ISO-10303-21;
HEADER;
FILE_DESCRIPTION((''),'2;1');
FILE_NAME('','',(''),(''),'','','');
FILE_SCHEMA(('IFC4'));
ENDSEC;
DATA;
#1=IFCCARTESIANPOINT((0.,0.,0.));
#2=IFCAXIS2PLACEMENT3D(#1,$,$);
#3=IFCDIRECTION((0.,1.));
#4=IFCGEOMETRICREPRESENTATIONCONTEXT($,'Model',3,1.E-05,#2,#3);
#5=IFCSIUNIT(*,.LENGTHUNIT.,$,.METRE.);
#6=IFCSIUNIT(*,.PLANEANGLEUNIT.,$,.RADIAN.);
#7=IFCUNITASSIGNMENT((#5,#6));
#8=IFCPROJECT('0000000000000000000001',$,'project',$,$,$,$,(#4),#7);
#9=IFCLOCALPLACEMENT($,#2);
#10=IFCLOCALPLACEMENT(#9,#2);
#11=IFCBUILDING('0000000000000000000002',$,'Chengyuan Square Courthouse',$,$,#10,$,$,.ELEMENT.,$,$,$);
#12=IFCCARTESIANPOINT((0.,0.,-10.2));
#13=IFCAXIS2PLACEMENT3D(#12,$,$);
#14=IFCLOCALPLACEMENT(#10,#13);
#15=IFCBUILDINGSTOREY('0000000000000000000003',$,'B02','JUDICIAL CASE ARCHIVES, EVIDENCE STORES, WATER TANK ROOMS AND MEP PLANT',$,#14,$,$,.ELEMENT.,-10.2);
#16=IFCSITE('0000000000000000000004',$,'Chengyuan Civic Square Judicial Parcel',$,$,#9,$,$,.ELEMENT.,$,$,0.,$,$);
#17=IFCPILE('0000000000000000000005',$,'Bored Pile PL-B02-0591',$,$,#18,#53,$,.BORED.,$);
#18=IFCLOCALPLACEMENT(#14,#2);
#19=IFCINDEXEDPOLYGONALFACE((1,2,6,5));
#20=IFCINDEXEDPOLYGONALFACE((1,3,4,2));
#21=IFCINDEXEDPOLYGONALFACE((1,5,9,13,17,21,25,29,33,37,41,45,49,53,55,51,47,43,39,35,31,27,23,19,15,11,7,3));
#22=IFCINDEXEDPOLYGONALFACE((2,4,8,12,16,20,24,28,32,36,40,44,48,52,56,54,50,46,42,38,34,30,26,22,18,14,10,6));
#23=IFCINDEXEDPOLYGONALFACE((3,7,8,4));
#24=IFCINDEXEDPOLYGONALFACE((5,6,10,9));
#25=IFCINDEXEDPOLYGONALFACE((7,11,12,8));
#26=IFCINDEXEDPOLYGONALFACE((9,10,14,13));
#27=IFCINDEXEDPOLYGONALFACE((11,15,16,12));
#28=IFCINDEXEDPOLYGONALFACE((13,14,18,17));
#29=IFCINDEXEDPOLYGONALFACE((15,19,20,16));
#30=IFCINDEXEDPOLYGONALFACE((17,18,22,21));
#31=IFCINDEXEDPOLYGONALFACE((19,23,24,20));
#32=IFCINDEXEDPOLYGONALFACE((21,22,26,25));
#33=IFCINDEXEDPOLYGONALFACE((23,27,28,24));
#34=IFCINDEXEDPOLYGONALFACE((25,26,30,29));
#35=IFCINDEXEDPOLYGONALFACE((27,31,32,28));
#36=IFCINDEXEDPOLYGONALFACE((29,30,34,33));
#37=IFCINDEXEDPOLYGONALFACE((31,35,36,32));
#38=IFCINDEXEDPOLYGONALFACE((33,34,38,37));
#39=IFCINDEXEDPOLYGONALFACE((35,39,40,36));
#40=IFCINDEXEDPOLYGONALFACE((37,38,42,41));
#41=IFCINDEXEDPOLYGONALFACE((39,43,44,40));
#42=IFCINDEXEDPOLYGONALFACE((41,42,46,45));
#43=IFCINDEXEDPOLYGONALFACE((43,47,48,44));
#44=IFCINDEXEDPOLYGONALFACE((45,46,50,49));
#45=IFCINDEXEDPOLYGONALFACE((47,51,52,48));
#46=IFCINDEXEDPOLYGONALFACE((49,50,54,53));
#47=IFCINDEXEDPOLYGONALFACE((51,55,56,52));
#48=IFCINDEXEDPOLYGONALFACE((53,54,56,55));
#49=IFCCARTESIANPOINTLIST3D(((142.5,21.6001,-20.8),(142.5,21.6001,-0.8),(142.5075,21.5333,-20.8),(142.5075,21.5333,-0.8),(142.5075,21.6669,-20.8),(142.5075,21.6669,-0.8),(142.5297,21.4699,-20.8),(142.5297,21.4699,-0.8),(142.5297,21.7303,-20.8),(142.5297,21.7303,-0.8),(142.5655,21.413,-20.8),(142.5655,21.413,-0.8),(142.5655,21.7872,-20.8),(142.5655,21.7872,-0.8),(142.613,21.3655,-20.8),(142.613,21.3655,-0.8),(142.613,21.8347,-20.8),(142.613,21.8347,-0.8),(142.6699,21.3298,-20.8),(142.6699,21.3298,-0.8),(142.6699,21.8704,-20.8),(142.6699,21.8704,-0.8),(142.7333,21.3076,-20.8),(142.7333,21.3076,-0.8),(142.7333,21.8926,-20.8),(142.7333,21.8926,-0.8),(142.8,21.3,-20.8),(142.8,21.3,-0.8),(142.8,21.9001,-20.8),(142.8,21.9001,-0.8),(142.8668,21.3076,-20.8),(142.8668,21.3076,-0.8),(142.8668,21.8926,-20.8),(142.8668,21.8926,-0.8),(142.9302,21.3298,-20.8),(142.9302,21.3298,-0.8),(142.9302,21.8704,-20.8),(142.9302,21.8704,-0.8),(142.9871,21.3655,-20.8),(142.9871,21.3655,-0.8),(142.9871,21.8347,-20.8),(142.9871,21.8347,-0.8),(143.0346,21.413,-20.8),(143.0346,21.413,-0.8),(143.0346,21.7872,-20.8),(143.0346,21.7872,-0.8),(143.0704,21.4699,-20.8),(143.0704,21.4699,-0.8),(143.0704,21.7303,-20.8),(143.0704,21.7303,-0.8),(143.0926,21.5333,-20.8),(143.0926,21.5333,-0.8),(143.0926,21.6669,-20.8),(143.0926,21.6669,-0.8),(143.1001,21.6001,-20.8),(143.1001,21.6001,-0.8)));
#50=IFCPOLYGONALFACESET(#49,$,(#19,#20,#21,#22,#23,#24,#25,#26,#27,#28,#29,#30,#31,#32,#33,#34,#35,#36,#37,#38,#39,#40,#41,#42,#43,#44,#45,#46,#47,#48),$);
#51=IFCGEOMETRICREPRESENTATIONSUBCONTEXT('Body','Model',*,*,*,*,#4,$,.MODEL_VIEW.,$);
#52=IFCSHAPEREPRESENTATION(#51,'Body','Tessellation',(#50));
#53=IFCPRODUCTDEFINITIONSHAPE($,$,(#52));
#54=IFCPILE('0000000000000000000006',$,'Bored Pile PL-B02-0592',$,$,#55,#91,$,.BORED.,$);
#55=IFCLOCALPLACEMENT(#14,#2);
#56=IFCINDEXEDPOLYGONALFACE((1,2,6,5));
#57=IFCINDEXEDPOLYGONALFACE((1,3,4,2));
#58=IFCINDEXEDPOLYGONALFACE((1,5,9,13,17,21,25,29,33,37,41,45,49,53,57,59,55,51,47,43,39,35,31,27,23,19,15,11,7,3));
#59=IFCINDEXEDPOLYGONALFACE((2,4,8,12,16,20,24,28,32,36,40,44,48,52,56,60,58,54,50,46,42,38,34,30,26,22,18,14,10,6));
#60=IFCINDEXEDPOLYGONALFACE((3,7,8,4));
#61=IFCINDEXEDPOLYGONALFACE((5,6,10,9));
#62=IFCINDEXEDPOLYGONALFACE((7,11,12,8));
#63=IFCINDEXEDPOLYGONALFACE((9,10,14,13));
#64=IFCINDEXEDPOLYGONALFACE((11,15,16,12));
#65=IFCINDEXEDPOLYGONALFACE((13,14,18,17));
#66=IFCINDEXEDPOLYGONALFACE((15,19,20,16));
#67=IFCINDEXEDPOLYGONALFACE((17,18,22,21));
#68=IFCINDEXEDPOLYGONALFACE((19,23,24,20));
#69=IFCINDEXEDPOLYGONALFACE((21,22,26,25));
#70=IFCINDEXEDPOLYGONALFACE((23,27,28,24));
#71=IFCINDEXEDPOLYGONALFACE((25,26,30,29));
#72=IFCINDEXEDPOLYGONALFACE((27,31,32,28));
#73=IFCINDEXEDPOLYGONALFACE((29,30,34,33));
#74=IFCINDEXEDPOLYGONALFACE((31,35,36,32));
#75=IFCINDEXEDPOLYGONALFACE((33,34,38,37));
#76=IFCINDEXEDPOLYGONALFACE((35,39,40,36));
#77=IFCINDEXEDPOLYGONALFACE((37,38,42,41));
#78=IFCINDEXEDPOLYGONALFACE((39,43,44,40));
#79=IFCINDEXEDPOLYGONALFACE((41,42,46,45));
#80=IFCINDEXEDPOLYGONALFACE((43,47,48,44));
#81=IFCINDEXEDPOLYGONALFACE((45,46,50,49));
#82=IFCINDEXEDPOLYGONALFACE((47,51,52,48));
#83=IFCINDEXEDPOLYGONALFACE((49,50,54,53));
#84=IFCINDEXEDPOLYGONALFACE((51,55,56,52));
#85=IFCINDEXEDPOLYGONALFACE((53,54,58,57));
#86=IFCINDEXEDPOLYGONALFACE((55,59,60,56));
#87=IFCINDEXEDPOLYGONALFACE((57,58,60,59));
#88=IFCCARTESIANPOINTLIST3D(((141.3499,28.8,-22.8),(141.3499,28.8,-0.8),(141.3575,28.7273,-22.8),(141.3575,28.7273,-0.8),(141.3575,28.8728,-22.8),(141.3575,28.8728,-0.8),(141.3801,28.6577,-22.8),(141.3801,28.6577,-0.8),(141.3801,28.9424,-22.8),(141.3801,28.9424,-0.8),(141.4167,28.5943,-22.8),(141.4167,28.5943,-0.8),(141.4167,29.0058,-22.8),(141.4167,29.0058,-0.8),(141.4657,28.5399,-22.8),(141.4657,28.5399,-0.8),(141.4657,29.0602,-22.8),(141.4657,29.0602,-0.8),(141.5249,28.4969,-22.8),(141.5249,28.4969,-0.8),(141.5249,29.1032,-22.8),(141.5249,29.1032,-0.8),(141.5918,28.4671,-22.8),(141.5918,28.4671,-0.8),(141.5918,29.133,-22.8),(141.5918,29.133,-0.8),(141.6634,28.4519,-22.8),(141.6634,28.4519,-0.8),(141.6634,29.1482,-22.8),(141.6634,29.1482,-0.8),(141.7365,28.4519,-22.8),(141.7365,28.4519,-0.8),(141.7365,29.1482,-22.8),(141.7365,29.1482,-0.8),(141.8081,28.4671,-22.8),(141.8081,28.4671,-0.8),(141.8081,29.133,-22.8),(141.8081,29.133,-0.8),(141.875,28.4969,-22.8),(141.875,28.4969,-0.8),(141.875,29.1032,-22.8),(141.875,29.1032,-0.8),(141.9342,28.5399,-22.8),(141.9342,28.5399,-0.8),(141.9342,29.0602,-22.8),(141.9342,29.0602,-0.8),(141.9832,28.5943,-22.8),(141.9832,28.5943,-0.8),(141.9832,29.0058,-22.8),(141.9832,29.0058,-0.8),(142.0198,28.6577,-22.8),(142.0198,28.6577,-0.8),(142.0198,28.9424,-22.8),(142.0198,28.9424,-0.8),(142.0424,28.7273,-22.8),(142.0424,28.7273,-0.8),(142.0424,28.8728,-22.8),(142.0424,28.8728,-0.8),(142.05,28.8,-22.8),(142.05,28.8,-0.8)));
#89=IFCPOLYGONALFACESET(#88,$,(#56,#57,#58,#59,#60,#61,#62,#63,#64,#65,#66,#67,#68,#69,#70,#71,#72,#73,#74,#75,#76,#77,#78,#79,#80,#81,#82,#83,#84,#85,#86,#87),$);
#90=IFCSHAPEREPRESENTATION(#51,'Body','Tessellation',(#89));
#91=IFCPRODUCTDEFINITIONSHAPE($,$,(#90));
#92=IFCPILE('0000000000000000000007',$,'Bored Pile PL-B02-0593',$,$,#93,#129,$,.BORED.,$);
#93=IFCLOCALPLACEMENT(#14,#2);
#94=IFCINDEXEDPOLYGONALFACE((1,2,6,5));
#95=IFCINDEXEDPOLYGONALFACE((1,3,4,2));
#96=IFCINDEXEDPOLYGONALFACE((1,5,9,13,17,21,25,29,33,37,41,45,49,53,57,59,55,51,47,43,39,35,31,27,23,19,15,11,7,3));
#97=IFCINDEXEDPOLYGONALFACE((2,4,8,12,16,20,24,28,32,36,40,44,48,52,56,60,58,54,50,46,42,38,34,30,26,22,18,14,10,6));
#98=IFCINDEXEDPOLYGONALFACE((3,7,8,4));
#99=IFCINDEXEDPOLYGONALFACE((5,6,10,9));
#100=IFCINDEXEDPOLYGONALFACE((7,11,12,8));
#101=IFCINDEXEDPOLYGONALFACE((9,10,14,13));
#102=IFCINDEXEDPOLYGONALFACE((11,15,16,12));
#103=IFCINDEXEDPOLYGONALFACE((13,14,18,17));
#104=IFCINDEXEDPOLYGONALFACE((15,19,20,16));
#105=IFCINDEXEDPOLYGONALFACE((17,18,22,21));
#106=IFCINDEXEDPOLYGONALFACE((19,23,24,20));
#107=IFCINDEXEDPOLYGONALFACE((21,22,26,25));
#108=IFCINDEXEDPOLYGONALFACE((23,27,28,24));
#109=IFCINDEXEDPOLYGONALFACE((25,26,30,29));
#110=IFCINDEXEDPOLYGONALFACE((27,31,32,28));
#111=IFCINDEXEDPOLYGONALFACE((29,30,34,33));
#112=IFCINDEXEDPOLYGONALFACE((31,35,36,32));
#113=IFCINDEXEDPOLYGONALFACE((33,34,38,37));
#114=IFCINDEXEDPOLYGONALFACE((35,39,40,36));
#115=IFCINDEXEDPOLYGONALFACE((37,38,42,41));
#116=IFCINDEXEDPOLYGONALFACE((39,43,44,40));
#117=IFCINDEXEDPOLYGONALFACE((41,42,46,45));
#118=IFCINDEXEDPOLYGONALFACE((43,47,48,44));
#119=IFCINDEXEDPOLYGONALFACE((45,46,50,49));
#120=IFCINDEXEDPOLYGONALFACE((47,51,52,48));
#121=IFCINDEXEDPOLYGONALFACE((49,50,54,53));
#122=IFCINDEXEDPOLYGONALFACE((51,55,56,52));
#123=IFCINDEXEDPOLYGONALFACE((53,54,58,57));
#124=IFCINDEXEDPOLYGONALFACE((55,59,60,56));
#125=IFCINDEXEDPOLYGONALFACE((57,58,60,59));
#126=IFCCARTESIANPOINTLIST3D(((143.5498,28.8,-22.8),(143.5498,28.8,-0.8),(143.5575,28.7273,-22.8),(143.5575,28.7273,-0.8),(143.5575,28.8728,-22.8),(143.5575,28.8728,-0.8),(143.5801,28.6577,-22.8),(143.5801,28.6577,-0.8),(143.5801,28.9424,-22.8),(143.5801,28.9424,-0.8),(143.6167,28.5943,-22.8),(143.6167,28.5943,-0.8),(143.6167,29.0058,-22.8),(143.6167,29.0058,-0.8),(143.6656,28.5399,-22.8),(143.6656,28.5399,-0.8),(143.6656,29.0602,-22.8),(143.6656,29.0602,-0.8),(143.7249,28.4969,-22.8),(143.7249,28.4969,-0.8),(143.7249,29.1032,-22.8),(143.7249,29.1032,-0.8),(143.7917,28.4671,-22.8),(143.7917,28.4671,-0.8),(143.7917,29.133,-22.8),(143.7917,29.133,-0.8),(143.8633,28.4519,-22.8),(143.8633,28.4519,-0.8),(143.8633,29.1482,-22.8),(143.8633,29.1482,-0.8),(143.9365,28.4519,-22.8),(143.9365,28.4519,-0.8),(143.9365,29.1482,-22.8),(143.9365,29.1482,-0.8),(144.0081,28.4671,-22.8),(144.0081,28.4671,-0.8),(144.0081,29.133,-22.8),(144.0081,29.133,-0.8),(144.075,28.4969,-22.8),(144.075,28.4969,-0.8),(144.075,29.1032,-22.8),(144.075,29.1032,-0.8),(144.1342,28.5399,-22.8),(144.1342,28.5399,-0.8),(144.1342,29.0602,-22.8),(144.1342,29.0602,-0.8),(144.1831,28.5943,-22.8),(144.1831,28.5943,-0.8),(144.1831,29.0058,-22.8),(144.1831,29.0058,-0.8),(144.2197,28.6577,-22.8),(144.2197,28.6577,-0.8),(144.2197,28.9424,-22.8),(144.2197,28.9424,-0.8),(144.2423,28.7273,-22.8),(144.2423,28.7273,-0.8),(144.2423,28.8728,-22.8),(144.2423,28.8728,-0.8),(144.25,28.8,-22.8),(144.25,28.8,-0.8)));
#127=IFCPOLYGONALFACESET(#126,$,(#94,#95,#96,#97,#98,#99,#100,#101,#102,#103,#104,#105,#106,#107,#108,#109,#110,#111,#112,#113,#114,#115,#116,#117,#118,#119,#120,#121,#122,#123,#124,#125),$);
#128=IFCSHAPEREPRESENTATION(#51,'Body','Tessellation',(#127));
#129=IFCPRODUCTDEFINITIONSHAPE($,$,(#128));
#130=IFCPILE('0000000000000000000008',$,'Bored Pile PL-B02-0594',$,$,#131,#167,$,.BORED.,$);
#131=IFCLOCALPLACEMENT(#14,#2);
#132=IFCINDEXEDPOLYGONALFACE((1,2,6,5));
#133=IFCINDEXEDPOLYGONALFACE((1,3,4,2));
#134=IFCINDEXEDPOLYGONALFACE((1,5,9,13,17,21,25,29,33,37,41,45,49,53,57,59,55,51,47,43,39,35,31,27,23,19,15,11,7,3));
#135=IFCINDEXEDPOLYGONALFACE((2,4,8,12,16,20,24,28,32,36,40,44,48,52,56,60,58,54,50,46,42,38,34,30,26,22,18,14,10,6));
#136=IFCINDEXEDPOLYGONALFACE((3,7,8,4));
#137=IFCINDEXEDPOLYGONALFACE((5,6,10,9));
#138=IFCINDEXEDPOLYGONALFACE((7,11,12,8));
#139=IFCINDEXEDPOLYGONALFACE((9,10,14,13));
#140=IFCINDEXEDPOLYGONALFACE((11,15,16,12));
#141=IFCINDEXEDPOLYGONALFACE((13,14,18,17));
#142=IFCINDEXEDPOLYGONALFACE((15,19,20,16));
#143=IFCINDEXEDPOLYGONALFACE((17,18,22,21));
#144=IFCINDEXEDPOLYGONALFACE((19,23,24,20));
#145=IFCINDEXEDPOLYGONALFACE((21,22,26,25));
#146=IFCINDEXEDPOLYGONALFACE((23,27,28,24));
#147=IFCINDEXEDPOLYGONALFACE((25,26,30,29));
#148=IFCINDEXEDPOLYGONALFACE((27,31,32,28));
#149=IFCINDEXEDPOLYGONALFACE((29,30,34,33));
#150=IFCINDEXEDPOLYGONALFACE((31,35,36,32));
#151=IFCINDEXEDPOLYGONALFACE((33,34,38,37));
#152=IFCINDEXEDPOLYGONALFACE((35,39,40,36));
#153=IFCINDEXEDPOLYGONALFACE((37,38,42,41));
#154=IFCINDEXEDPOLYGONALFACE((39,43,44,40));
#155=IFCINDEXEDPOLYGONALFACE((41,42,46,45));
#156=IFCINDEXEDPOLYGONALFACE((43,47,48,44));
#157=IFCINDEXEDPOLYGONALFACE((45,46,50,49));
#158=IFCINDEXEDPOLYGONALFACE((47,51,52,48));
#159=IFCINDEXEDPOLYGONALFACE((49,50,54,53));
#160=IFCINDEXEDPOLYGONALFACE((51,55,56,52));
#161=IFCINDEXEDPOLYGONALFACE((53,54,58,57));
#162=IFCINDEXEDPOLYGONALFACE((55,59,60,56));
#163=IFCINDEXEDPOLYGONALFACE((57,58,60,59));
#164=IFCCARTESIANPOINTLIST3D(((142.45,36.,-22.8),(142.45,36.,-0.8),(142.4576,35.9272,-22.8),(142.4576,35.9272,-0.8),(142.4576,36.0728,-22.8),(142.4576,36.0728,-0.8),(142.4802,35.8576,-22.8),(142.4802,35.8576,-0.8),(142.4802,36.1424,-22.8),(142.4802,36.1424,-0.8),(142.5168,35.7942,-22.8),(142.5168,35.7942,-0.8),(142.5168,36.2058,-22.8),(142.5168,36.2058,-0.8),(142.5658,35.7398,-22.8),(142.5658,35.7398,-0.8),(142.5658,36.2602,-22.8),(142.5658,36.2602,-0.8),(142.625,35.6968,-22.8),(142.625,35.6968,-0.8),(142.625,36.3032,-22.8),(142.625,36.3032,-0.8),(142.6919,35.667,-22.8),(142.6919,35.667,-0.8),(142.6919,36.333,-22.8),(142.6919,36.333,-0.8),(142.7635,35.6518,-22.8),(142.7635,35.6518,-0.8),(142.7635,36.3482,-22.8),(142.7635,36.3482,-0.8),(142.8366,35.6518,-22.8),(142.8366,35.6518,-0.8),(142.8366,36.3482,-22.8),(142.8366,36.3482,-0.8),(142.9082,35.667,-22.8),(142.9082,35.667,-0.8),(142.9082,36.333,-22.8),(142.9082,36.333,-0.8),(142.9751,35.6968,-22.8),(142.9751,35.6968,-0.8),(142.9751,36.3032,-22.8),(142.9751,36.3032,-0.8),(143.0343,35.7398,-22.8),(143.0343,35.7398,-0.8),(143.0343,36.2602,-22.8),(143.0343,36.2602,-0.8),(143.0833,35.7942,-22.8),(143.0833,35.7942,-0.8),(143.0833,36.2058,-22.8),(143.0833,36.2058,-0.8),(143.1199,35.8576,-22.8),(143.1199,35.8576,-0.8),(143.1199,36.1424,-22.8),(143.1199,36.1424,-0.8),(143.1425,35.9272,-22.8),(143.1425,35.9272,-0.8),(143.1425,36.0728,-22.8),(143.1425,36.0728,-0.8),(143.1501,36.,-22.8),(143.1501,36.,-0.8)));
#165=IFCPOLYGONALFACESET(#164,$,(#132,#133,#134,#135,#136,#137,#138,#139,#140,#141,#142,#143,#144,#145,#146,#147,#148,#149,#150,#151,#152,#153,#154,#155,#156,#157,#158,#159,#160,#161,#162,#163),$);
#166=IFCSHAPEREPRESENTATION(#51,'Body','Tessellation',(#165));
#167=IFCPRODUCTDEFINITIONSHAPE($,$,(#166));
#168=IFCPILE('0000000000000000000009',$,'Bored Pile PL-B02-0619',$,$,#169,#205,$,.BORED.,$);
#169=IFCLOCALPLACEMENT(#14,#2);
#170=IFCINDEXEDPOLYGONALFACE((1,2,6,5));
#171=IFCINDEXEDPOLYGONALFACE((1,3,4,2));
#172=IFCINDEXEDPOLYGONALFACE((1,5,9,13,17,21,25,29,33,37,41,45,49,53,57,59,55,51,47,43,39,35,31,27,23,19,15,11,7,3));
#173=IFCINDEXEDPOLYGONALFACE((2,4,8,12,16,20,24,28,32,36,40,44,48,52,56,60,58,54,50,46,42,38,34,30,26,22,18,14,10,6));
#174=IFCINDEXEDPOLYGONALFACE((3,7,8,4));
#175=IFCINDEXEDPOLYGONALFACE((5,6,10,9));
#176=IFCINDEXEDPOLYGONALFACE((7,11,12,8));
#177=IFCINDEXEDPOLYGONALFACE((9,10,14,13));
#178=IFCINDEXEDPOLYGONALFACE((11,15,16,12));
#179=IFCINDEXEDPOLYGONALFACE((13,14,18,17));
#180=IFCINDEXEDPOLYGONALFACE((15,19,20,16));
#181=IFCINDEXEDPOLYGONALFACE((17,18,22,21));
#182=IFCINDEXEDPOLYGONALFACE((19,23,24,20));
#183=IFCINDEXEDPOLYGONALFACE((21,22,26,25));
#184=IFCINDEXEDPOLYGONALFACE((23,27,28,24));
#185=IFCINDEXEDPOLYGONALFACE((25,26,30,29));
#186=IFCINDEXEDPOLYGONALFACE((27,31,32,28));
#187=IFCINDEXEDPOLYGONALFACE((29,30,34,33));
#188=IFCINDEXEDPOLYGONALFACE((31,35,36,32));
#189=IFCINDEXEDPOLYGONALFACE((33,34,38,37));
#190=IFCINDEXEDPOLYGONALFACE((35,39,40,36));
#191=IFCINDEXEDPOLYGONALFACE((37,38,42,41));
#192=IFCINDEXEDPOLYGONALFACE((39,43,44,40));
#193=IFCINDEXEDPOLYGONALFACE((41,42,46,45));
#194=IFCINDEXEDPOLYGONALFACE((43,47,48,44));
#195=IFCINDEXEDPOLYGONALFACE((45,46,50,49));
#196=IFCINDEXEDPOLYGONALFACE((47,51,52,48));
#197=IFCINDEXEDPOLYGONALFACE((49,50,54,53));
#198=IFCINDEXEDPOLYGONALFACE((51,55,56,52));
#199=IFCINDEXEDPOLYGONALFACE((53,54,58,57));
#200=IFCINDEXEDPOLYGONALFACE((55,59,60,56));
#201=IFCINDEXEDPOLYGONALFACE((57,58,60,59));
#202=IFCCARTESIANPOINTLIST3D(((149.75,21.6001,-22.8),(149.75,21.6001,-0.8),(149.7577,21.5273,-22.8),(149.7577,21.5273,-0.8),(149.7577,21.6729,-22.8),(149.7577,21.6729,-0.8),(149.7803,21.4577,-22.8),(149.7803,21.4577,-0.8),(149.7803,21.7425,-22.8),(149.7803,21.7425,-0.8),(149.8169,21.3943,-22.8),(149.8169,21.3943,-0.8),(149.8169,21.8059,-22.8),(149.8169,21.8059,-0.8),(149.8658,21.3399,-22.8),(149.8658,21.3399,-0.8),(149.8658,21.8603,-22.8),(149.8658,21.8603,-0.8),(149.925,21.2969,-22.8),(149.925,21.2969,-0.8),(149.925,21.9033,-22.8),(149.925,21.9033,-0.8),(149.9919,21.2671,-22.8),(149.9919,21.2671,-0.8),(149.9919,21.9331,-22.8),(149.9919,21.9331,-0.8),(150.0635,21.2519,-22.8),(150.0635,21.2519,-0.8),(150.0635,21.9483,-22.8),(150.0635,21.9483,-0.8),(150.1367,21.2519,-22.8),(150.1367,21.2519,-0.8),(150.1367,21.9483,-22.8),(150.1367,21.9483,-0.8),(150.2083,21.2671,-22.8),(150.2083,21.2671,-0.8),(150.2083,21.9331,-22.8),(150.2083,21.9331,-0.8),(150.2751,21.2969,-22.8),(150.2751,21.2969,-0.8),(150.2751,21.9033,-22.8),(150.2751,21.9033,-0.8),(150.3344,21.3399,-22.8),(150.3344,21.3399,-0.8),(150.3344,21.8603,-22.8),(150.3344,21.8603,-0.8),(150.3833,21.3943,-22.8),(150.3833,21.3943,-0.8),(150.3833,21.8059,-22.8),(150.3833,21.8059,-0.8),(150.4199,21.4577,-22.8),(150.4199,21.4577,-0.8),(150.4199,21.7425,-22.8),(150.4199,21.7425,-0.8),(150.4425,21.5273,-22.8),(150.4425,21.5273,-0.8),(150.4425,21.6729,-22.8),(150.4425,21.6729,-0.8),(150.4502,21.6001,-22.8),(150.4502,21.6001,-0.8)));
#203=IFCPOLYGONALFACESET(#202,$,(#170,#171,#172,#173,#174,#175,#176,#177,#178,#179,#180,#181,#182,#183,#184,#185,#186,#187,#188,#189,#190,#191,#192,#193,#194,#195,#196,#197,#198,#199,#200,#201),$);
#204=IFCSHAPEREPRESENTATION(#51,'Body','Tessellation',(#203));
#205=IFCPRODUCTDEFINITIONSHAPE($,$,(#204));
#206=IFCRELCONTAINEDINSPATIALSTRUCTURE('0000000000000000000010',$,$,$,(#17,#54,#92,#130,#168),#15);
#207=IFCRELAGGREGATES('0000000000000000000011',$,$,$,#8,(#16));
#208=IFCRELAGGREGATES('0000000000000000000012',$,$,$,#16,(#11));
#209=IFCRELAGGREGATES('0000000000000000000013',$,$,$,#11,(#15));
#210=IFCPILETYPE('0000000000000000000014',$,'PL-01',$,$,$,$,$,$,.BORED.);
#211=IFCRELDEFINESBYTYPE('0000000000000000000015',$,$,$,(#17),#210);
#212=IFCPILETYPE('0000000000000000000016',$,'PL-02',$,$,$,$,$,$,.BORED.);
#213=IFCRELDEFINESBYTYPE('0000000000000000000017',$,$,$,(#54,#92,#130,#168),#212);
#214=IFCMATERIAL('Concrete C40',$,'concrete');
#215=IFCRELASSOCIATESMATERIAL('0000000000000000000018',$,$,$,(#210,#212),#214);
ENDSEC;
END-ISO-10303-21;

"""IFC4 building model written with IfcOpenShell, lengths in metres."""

from ifc_helpers import new_model, si_unit, direction, frame, origin, origin_2d, place, context, subcontext, project, spatial, circle, extrude, material, material_profile, profile_set, type_object, element, save


model = new_model("IFC4")

# Units and contexts
model_context = context("Model", 3, precision=1e-05, world=origin(), true_north=direction((0.0, 1.0)))
body_context = subcontext(model_context, "Body", "Model", "MODEL_VIEW")
ifc_project = project(units=[si_unit("LENGTHUNIT", "METRE"), si_unit("PLANEANGLEUNIT", "RADIAN")], contexts=[model_context])

# Site, building, storey
site_placement = place(None, origin())
site = spatial("IfcSite", under=ifc_project, at=site_placement, Name="Chengyuan Civic Square Judicial Parcel", CompositionType="ELEMENT", RefElevation=0.0)
building_placement = place(site_placement, origin())
building = spatial("IfcBuilding", under=site, at=building_placement, Name="Chengyuan Square Courthouse", CompositionType="ELEMENT")
storey_placement = place(building_placement, frame((0.0, 0.0, -10.2)))
storey = spatial("IfcBuildingStorey", under=building, at=storey_placement, Name="B02", Description="JUDICIAL CASE ARCHIVES, EVIDENCE STORES, WATER TANK ROOMS AND MEP PLANT", CompositionType="ELEMENT", Elevation=-10.2)

# Shared definitions
ifc_material_1 = material(Name="Concrete C40", Category="concrete")

# Piles
ifc_material_profile_1 = material_profile(ifc_material_1, circle(Radius=0.3, at=origin_2d()), Name="BORED PILE D600")
ifc_profile_set_1 = profile_set([ifc_material_profile_1], Name="Concrete C40")
pile_type_1 = type_object("IfcPileType", Name="PL-01", PredefinedType="BORED", material=ifc_profile_set_1)
pile_placement = place(storey_placement, frame((142.8, 21.6001, -0.8), z_axis=(0.0, 0.0, -1.0), x_axis=(1.0, 0.0, 0.0)))
element("IfcPile", 1, at=pile_placement, inside=storey, type_object=pile_type_1, Name="Bored Pile PL-B02-0591", PredefinedType="BORED", context=body_context, shape_type="SweptSolid", body=[
    extrude(circle(Radius=0.3, at=origin_2d()), origin(), (0.0, 0.0, 1.0), 20.0),
])
ifc_material_profile_2 = material_profile(ifc_material_1, circle(Radius=0.3501, at=origin_2d()), Name="BORED PILE D700")
ifc_profile_set_2 = profile_set([ifc_material_profile_2], Name="Concrete C40")
pile_type_2 = type_object("IfcPileType", Name="PL-02", PredefinedType="BORED", material=ifc_profile_set_2)
for number, where, z_axis, x_axis, name in (
    (2, (141.7, 28.8, -0.8), (0.0, 0.0, -1.0), (1.0, 0.0, 0.0), "Bored Pile PL-B02-0592"),
    (3, (143.8999, 28.8, -0.8), (0.0, 0.0, -1.0), (1.0, 0.0, 0.0), "Bored Pile PL-B02-0593"),
    (4, (142.8, 36.0, -0.8), (0.0, 0.0, -1.0), (1.0, 0.0, 0.0), "Bored Pile PL-B02-0594"),
    (5, (150.1001, 21.6001, -0.8), (0.0, 0.0, -1.0), (1.0, 0.0, 0.0), "Bored Pile PL-B02-0619"),
):
    element("IfcPile", number, at=place(storey_placement, frame(where, z_axis=z_axis, x_axis=x_axis)), inside=storey, type_object=pile_type_2, Name=name, PredefinedType="BORED", context=body_context, shape_type="SweptSolid", body=[
        extrude(circle(Radius=0.3501, at=origin_2d()), origin(), (0.0, 0.0, 1.0), 22.0),
    ])

save(model, "model.ifc")
